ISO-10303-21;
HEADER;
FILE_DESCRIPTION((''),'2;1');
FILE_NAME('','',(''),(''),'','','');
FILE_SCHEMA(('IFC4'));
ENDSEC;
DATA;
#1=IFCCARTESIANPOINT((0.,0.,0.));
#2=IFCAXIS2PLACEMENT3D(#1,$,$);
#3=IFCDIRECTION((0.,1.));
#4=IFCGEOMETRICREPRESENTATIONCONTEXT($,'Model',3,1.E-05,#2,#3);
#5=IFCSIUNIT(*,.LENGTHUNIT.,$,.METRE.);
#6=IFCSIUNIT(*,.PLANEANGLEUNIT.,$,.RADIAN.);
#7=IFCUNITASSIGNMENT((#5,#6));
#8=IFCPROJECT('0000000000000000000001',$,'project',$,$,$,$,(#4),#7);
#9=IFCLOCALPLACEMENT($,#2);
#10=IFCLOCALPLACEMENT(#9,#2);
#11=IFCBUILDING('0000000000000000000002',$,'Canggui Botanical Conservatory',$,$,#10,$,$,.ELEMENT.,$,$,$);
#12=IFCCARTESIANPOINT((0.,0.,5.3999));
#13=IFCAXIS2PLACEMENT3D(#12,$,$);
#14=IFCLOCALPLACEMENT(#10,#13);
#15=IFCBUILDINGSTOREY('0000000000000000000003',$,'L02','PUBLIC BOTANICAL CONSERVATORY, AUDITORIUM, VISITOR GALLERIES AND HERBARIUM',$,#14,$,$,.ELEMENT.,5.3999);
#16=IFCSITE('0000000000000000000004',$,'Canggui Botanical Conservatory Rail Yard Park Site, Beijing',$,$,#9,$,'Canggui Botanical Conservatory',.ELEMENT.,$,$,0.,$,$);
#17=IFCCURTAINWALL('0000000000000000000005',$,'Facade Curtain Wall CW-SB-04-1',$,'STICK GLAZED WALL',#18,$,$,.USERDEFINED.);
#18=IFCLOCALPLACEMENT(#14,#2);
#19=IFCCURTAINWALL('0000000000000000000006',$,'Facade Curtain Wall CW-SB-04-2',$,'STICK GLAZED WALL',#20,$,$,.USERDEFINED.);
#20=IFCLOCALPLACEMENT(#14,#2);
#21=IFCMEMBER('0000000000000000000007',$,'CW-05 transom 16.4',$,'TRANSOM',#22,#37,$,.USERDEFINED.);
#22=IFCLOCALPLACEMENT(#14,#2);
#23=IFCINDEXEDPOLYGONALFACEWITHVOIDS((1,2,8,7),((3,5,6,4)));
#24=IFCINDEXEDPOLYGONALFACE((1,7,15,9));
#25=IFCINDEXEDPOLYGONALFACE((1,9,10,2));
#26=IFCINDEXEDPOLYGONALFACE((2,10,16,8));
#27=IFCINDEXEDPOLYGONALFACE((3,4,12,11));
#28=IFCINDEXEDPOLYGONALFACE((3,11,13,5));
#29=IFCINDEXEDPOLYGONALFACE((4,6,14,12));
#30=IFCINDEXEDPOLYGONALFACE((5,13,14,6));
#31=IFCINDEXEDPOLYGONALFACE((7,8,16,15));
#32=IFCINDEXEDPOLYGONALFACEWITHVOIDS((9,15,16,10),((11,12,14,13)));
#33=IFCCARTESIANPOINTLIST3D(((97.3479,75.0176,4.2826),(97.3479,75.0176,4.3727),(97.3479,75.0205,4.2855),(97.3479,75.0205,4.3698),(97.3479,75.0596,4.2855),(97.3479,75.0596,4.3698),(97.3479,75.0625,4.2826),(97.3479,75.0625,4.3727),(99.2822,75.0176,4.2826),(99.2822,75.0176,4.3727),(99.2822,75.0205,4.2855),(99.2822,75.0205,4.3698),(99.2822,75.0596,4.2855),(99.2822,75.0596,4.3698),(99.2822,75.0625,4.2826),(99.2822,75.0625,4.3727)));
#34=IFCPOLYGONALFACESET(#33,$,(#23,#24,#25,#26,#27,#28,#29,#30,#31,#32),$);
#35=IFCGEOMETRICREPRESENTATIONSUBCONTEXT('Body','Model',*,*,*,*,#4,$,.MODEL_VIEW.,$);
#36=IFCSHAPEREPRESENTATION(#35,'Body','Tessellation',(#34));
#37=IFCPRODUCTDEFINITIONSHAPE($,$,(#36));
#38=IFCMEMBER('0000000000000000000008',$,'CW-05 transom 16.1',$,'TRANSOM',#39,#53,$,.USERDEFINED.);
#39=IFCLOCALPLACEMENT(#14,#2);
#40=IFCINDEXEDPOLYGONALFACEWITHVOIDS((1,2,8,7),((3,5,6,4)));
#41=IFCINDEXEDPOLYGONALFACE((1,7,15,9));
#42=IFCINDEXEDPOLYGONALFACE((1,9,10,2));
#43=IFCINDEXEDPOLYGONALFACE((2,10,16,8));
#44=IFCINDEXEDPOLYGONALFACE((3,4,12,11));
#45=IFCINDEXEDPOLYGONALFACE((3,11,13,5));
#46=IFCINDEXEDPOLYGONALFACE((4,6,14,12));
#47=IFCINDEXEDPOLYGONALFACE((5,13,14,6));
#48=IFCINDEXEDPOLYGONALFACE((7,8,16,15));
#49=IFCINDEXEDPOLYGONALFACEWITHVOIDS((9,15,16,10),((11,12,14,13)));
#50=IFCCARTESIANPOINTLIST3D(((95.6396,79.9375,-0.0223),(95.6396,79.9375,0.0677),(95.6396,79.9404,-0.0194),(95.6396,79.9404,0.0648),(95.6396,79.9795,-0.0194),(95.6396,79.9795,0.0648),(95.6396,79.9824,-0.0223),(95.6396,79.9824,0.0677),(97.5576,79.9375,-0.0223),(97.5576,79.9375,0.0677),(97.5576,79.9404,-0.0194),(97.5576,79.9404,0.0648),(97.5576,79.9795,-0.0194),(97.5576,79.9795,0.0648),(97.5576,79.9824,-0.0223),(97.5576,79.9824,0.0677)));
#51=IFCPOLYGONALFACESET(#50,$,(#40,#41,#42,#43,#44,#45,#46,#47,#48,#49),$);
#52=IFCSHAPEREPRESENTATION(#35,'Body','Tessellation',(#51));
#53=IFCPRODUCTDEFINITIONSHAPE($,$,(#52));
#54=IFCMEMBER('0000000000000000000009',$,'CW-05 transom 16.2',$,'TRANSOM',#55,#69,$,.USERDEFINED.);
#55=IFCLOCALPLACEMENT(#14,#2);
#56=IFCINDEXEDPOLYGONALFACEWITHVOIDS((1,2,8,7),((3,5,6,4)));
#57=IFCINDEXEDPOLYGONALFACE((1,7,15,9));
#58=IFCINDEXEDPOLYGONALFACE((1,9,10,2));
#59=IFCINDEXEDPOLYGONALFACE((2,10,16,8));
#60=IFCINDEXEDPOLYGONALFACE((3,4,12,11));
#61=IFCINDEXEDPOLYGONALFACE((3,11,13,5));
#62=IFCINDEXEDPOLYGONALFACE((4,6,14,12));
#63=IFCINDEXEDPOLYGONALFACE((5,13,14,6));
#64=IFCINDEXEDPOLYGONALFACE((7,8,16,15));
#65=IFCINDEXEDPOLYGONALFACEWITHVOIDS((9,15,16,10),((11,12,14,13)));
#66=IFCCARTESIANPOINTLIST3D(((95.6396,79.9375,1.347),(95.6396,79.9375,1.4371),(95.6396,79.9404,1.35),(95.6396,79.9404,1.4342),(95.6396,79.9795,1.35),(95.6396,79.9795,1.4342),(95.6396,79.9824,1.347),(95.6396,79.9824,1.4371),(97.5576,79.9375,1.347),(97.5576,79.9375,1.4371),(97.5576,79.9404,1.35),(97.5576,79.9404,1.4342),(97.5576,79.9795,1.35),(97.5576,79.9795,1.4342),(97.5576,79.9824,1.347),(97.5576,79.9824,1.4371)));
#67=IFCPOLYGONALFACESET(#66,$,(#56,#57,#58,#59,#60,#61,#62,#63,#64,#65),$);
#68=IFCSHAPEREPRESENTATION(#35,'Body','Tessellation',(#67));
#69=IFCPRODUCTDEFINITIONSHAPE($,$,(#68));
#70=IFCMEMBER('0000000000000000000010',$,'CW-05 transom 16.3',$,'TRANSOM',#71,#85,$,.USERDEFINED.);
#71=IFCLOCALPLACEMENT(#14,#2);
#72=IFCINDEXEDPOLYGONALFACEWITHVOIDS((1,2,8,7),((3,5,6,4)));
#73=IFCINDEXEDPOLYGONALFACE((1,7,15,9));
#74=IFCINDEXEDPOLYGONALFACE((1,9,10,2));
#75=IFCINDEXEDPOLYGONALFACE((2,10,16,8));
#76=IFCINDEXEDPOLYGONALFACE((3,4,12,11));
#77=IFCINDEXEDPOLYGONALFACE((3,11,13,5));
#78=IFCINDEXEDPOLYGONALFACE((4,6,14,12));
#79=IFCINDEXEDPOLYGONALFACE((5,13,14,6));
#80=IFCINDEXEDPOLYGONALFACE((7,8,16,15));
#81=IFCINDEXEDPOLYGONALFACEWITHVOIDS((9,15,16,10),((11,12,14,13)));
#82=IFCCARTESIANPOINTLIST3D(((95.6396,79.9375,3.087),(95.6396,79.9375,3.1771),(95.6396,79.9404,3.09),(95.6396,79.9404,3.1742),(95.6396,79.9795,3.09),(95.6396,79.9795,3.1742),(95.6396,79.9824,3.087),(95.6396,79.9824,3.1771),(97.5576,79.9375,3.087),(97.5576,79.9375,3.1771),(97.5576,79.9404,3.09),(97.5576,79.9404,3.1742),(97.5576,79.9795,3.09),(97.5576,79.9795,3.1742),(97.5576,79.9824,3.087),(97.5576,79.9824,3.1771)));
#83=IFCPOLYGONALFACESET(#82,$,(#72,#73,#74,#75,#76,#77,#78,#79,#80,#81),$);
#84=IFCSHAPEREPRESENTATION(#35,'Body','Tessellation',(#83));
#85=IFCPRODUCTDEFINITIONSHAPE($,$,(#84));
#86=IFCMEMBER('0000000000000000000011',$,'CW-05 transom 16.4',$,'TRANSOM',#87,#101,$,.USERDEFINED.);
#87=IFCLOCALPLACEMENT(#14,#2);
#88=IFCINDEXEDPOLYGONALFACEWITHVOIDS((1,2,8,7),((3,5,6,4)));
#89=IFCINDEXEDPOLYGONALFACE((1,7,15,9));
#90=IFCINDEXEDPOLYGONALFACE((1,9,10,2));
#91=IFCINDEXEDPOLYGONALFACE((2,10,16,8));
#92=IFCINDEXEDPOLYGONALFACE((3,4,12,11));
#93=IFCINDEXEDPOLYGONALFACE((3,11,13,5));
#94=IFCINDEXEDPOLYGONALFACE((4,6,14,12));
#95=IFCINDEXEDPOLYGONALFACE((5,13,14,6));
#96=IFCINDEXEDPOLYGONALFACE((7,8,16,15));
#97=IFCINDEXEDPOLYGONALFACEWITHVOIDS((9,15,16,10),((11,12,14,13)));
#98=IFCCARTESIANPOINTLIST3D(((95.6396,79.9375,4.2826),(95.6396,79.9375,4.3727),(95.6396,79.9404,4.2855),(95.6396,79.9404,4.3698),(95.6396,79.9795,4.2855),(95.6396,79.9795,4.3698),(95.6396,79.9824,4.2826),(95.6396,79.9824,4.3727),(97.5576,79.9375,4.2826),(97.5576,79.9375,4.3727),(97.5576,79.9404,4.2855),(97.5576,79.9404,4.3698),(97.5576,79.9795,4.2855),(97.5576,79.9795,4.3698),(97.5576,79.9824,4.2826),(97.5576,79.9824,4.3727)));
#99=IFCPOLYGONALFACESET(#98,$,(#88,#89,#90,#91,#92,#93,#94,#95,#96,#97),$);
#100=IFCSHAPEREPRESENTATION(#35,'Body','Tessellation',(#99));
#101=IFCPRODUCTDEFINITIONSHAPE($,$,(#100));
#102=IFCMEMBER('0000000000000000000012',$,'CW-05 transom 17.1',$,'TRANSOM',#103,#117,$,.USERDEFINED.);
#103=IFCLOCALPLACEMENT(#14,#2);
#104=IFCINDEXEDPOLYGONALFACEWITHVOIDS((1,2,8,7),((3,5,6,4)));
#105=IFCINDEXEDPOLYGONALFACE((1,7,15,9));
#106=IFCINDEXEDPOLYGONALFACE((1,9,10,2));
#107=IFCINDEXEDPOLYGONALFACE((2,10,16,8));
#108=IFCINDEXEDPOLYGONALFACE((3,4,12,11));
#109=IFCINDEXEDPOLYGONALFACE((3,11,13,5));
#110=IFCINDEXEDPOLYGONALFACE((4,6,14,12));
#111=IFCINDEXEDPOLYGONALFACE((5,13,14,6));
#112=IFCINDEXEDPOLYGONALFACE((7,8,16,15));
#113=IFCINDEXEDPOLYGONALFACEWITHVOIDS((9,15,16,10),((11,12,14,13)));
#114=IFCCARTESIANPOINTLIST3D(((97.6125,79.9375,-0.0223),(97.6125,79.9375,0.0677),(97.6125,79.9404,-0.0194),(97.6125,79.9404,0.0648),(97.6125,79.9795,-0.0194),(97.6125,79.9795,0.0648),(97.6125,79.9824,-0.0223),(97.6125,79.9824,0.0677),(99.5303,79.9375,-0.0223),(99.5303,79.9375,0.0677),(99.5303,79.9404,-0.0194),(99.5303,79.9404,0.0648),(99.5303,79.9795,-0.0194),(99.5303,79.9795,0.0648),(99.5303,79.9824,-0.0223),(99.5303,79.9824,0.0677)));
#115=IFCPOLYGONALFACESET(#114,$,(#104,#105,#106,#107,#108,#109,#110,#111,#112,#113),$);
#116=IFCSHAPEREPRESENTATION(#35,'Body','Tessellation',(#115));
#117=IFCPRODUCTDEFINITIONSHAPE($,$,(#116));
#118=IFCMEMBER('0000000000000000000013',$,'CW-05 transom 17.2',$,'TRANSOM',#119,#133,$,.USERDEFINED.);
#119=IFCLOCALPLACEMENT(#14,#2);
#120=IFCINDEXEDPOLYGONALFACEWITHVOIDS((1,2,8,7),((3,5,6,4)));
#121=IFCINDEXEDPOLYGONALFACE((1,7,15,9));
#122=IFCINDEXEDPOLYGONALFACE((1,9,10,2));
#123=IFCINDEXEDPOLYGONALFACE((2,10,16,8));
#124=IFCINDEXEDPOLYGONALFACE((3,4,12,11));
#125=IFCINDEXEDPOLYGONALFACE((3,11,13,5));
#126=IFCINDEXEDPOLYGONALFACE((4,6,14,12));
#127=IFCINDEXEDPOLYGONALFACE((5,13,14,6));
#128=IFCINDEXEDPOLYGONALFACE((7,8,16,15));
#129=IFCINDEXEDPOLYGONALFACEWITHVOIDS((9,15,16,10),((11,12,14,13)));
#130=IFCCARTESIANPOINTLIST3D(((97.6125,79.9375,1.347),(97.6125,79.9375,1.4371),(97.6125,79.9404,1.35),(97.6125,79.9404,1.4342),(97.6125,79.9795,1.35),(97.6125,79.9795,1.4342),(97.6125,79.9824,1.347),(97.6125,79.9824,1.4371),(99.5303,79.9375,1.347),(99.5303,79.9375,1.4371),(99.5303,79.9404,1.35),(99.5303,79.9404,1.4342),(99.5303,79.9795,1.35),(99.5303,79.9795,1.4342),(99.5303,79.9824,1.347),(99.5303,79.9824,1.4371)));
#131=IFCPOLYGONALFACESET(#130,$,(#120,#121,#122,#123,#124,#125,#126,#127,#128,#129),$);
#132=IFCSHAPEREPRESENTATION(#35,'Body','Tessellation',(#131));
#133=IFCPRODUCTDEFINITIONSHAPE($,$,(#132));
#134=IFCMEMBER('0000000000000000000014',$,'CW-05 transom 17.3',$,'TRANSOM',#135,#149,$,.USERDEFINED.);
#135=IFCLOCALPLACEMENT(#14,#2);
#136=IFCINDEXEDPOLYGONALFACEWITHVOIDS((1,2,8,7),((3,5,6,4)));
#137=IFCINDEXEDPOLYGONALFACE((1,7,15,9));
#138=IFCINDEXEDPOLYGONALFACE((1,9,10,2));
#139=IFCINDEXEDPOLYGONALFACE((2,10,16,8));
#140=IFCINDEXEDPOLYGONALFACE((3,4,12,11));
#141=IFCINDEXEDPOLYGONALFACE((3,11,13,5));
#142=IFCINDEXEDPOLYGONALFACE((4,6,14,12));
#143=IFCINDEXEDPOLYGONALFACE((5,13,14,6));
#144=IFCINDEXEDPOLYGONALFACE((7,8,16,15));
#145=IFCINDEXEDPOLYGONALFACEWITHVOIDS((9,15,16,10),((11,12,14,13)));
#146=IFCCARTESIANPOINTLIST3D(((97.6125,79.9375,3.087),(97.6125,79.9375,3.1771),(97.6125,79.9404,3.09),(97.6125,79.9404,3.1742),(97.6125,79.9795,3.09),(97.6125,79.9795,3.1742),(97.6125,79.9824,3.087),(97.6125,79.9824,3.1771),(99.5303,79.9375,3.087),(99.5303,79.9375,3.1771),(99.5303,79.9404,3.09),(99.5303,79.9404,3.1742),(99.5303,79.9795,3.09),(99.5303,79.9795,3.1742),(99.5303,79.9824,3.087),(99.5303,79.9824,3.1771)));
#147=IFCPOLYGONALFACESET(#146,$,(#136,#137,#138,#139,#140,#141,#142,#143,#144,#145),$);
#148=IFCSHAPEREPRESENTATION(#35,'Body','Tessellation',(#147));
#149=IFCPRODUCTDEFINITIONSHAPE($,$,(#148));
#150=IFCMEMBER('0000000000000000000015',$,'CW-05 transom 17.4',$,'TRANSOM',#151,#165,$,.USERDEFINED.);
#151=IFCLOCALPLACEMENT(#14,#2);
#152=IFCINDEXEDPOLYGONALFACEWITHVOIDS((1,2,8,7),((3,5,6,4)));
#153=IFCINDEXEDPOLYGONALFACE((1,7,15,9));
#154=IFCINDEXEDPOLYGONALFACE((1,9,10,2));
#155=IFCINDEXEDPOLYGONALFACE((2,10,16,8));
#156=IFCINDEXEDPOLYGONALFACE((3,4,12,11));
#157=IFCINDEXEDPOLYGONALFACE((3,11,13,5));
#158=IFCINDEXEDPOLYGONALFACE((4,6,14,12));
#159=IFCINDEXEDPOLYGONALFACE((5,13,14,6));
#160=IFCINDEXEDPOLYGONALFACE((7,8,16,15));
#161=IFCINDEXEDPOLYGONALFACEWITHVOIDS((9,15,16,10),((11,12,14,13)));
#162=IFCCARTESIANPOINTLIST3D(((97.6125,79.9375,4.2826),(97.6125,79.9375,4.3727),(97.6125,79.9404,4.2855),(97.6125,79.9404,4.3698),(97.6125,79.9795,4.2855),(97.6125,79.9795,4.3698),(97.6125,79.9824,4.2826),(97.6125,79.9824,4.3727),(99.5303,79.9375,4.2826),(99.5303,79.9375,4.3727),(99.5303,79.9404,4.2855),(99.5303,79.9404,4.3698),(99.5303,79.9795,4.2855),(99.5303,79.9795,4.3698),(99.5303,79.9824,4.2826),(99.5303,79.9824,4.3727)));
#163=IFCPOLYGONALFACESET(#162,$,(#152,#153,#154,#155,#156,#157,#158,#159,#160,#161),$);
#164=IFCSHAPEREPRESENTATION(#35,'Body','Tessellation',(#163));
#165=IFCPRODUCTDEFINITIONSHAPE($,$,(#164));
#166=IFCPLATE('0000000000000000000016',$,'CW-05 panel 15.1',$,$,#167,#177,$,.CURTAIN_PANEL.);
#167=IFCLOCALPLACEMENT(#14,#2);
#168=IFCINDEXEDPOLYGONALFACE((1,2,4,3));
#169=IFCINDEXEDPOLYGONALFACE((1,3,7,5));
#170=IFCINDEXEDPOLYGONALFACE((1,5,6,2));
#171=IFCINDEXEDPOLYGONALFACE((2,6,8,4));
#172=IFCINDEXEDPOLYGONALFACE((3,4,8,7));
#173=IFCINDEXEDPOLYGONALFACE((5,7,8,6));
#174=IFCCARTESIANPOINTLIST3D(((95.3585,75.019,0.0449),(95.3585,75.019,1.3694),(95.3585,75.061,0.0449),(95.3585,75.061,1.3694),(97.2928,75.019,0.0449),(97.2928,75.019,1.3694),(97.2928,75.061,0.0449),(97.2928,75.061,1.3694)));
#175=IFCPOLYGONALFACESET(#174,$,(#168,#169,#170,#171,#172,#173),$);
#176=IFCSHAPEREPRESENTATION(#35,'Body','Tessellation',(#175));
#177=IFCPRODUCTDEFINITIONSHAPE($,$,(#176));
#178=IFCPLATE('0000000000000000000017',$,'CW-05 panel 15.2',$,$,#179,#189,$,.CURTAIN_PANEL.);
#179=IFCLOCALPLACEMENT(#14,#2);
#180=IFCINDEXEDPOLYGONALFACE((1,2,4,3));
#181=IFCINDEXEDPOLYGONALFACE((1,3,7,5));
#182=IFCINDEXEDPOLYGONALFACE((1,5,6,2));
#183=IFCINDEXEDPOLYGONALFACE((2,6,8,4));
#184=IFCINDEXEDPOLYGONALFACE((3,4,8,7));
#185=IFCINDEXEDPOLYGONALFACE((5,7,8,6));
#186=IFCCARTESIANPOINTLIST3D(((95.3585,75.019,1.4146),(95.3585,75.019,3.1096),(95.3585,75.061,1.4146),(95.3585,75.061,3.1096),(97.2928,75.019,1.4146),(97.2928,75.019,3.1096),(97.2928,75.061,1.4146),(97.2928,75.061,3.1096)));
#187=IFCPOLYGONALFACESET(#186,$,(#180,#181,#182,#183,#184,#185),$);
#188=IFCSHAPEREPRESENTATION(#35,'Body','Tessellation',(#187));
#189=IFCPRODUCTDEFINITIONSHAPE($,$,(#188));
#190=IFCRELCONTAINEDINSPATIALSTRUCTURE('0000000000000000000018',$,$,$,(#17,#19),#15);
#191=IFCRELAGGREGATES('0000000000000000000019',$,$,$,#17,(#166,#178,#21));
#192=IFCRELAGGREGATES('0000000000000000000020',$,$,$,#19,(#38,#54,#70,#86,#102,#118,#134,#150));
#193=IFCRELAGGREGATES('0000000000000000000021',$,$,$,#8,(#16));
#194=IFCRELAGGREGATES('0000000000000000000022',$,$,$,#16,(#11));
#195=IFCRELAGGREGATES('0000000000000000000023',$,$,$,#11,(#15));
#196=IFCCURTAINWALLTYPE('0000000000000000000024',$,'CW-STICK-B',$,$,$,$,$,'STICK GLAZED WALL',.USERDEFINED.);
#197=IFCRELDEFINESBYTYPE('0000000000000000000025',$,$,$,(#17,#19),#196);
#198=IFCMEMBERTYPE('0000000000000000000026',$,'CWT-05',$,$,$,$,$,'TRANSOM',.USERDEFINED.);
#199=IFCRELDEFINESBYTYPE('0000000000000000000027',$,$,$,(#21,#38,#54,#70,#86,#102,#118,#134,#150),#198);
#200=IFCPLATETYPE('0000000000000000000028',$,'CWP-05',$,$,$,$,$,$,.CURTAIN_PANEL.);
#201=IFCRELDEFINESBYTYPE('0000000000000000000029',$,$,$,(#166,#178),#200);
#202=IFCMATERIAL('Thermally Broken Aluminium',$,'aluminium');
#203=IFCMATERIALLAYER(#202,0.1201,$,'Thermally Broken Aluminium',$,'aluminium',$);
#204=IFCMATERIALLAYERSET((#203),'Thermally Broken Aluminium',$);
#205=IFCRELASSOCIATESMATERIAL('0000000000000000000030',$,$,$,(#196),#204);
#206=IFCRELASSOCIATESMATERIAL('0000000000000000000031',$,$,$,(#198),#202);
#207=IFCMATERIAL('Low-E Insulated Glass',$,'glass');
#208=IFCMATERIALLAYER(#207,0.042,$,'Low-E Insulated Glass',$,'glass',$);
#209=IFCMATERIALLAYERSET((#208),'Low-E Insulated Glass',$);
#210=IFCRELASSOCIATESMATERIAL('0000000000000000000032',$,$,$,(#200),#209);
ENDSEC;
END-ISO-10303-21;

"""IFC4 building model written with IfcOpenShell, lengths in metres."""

from ifc_helpers import new_model, si_unit, direction, frame, origin, origin_2d, place, context, subcontext, project, spatial, rectangle, hollow_rectangle, extrude, material, layer, layer_set, material_profile, profile_set, type_object, element, aggregate, save


model = new_model("IFC4")

# Units and contexts
model_context = context("Model", 3, precision=1e-05, world=origin(), true_north=direction((0.0, 1.0)))
body_context = subcontext(model_context, "Body", "Model", "MODEL_VIEW")
ifc_project = project(units=[si_unit("LENGTHUNIT", "METRE"), si_unit("PLANEANGLEUNIT", "RADIAN")], contexts=[model_context])

# Site, building, storey
site_placement = place(None, origin())
site = spatial("IfcSite", under=ifc_project, at=site_placement, Name="Canggui Botanical Conservatory Rail Yard Park Site, Beijing", LongName="Canggui Botanical Conservatory", CompositionType="ELEMENT", RefElevation=0.0)
building_placement = place(site_placement, origin())
building = spatial("IfcBuilding", under=site, at=building_placement, Name="Canggui Botanical Conservatory", CompositionType="ELEMENT")
storey_placement = place(building_placement, frame((0.0, 0.0, 5.3999)))
storey = spatial("IfcBuildingStorey", under=building, at=storey_placement, Name="L02", Description="PUBLIC BOTANICAL CONSERVATORY, AUDITORIUM, VISITOR GALLERIES AND HERBARIUM", CompositionType="ELEMENT", Elevation=5.3999)

# Curtain walls
ifc_material_1 = material(Name="Thermally Broken Aluminium", Category="aluminium")
ifc_layer_1 = layer(ifc_material_1, 0.1201, Name="Thermally Broken Aluminium", Category="aluminium")
ifc_layer_set_1 = layer_set([ifc_layer_1], Name="Thermally Broken Aluminium")
curtain_wall_type = type_object("IfcCurtainWallType", Name="CW-STICK-B", ElementType="STICK GLAZED WALL", PredefinedType="USERDEFINED", material=ifc_layer_set_1)
curtain_wall_1_placement = place(storey_placement, origin())
curtain_wall_1 = element("IfcCurtainWall", 1, at=curtain_wall_1_placement, inside=storey, type_object=curtain_wall_type, Name="Facade Curtain Wall CW-SB-04-1", ObjectType="STICK GLAZED WALL", PredefinedType="USERDEFINED")
curtain_wall_2_placement = place(storey_placement, origin())
curtain_wall_2 = element("IfcCurtainWall", 2, at=curtain_wall_2_placement, inside=storey, type_object=curtain_wall_type, Name="Facade Curtain Wall CW-SB-04-2", ObjectType="STICK GLAZED WALL", PredefinedType="USERDEFINED")

# Members
ifc_material_profile_1 = material_profile(ifc_material_1, hollow_rectangle(XDim=0.0449, YDim=0.0901, WallThickness=0.0029, at=origin_2d()), Name="CWT 45x90x3")
ifc_profile_set_1 = profile_set([ifc_material_profile_1], Name="Thermally Broken Aluminium")
member_type_1 = type_object("IfcMemberType", Name="CWT-05", ElementType="TRANSOM", PredefinedType="USERDEFINED", material=ifc_profile_set_1)
member_1_placement = place(storey_placement, frame((97.3479, 75.04, 4.3276), z_axis=(1.0, 0.0, 0.0), x_axis=(0.0, 1.0, 0.0)))
member_1 = element("IfcMember", 3, at=member_1_placement, type_object=member_type_1, Name="CW-05 transom 16.4", ObjectType="TRANSOM", PredefinedType="USERDEFINED", context=body_context, shape_type="SweptSolid", body=[
    extrude(hollow_rectangle(XDim=0.0449, YDim=0.0901, WallThickness=0.0029, at=origin_2d()), origin(), (0.0, 0.0, 1.0), 1.9343),
])
member_2_placement = place(storey_placement, frame((95.6396, 79.96, 0.0227), z_axis=(1.0, 0.0, 0.0), x_axis=(0.0, 1.0, 0.0)))
member_2 = element("IfcMember", 4, at=member_2_placement, type_object=member_type_1, Name="CW-05 transom 16.1", ObjectType="TRANSOM", PredefinedType="USERDEFINED", context=body_context, shape_type="SweptSolid", body=[
    extrude(hollow_rectangle(XDim=0.0449, YDim=0.0901, WallThickness=0.0029, at=origin_2d()), origin(), (0.0, 0.0, 1.0), 1.918),
])
member_3_placement = place(storey_placement, frame((95.6396, 79.96, 1.3921), z_axis=(1.0, 0.0, 0.0), x_axis=(0.0, 1.0, 0.0)))
member_3 = element("IfcMember", 5, at=member_3_placement, type_object=member_type_1, Name="CW-05 transom 16.2", ObjectType="TRANSOM", PredefinedType="USERDEFINED", context=body_context, shape_type="SweptSolid", body=[
    extrude(hollow_rectangle(XDim=0.0449, YDim=0.0901, WallThickness=0.0029, at=origin_2d()), origin(), (0.0, 0.0, 1.0), 1.918),
])
member_4_placement = place(storey_placement, frame((95.6396, 79.96, 3.1321), z_axis=(1.0, 0.0, 0.0), x_axis=(0.0, 1.0, 0.0)))
member_4 = element("IfcMember", 6, at=member_4_placement, type_object=member_type_1, Name="CW-05 transom 16.3", ObjectType="TRANSOM", PredefinedType="USERDEFINED", context=body_context, shape_type="SweptSolid", body=[
    extrude(hollow_rectangle(XDim=0.0449, YDim=0.0901, WallThickness=0.0029, at=origin_2d()), origin(), (0.0, 0.0, 1.0), 1.918),
])
member_5_placement = place(storey_placement, frame((95.6396, 79.96, 4.3276), z_axis=(1.0, 0.0, 0.0), x_axis=(0.0, 1.0, 0.0)))
member_5 = element("IfcMember", 7, at=member_5_placement, type_object=member_type_1, Name="CW-05 transom 16.4", ObjectType="TRANSOM", PredefinedType="USERDEFINED", context=body_context, shape_type="SweptSolid", body=[
    extrude(hollow_rectangle(XDim=0.0449, YDim=0.0901, WallThickness=0.0029, at=origin_2d()), origin(), (0.0, 0.0, 1.0), 1.918),
])
member_6_placement = place(storey_placement, frame((97.6125, 79.96, 0.0227), z_axis=(1.0, 0.0, 0.0), x_axis=(0.0, 1.0, 0.0)))
member_6 = element("IfcMember", 8, at=member_6_placement, type_object=member_type_1, Name="CW-05 transom 17.1", ObjectType="TRANSOM", PredefinedType="USERDEFINED", context=body_context, shape_type="SweptSolid", body=[
    extrude(hollow_rectangle(XDim=0.0449, YDim=0.0901, WallThickness=0.0029, at=origin_2d()), origin(), (0.0, 0.0, 1.0), 1.9177),
])
member_7_placement = place(storey_placement, frame((97.6125, 79.96, 1.3921), z_axis=(1.0, 0.0, 0.0), x_axis=(0.0, 1.0, 0.0)))
member_7 = element("IfcMember", 9, at=member_7_placement, type_object=member_type_1, Name="CW-05 transom 17.2", ObjectType="TRANSOM", PredefinedType="USERDEFINED", context=body_context, shape_type="SweptSolid", body=[
    extrude(hollow_rectangle(XDim=0.0449, YDim=0.0901, WallThickness=0.0029, at=origin_2d()), origin(), (0.0, 0.0, 1.0), 1.9177),
])
member_8_placement = place(storey_placement, frame((97.6125, 79.96, 3.1321), z_axis=(1.0, 0.0, 0.0), x_axis=(0.0, 1.0, 0.0)))
member_8 = element("IfcMember", 10, at=member_8_placement, type_object=member_type_1, Name="CW-05 transom 17.3", ObjectType="TRANSOM", PredefinedType="USERDEFINED", context=body_context, shape_type="SweptSolid", body=[
    extrude(hollow_rectangle(XDim=0.0449, YDim=0.0901, WallThickness=0.0029, at=origin_2d()), origin(), (0.0, 0.0, 1.0), 1.9177),
])
member_9_placement = place(storey_placement, frame((97.6125, 79.96, 4.3276), z_axis=(1.0, 0.0, 0.0), x_axis=(0.0, 1.0, 0.0)))
member_9 = element("IfcMember", 11, at=member_9_placement, type_object=member_type_1, Name="CW-05 transom 17.4", ObjectType="TRANSOM", PredefinedType="USERDEFINED", context=body_context, shape_type="SweptSolid", body=[
    extrude(hollow_rectangle(XDim=0.0449, YDim=0.0901, WallThickness=0.0029, at=origin_2d()), origin(), (0.0, 0.0, 1.0), 1.9177),
])

# Plates
ifc_material_2 = material(Name="Low-E Insulated Glass", Category="glass")
ifc_layer_2 = layer(ifc_material_2, 0.042, Name="Low-E Insulated Glass", Category="glass")
ifc_layer_set_2 = layer_set([ifc_layer_2], Name="Low-E Insulated Glass")
plate_type = type_object("IfcPlateType", Name="CWP-05", PredefinedType="CURTAIN_PANEL", material=ifc_layer_set_2)
plate_1_placement = place(storey_placement, frame((96.3257, 75.04, 0.0449), z_axis=(0.0, 0.0, 1.0), x_axis=(1.0, 0.0, 0.0)))
plate_1 = element("IfcPlate", 12, at=plate_1_placement, type_object=plate_type, Name="CW-05 panel 15.1", PredefinedType="CURTAIN_PANEL", context=body_context, shape_type="SweptSolid", body=[
    extrude(rectangle(XDim=1.9343, YDim=0.042, at=origin_2d()), origin(), (0.0, 0.0, 1.0), 1.3245),
])
plate_2_placement = place(storey_placement, frame((96.3257, 75.04, 1.4146), z_axis=(0.0, 0.0, 1.0), x_axis=(1.0, 0.0, 0.0)))
plate_2 = element("IfcPlate", 13, at=plate_2_placement, type_object=plate_type, Name="CW-05 panel 15.2", PredefinedType="CURTAIN_PANEL", context=body_context, shape_type="SweptSolid", body=[
    extrude(rectangle(XDim=1.9343, YDim=0.042, at=origin_2d()), origin(), (0.0, 0.0, 1.0), 1.6951),
])
aggregate(curtain_wall_1, [plate_1, plate_2, member_1])
aggregate(curtain_wall_2, [member_2, member_3, member_4, member_5, member_6, member_7, member_8, member_9])

save(model, "model.ifc")
